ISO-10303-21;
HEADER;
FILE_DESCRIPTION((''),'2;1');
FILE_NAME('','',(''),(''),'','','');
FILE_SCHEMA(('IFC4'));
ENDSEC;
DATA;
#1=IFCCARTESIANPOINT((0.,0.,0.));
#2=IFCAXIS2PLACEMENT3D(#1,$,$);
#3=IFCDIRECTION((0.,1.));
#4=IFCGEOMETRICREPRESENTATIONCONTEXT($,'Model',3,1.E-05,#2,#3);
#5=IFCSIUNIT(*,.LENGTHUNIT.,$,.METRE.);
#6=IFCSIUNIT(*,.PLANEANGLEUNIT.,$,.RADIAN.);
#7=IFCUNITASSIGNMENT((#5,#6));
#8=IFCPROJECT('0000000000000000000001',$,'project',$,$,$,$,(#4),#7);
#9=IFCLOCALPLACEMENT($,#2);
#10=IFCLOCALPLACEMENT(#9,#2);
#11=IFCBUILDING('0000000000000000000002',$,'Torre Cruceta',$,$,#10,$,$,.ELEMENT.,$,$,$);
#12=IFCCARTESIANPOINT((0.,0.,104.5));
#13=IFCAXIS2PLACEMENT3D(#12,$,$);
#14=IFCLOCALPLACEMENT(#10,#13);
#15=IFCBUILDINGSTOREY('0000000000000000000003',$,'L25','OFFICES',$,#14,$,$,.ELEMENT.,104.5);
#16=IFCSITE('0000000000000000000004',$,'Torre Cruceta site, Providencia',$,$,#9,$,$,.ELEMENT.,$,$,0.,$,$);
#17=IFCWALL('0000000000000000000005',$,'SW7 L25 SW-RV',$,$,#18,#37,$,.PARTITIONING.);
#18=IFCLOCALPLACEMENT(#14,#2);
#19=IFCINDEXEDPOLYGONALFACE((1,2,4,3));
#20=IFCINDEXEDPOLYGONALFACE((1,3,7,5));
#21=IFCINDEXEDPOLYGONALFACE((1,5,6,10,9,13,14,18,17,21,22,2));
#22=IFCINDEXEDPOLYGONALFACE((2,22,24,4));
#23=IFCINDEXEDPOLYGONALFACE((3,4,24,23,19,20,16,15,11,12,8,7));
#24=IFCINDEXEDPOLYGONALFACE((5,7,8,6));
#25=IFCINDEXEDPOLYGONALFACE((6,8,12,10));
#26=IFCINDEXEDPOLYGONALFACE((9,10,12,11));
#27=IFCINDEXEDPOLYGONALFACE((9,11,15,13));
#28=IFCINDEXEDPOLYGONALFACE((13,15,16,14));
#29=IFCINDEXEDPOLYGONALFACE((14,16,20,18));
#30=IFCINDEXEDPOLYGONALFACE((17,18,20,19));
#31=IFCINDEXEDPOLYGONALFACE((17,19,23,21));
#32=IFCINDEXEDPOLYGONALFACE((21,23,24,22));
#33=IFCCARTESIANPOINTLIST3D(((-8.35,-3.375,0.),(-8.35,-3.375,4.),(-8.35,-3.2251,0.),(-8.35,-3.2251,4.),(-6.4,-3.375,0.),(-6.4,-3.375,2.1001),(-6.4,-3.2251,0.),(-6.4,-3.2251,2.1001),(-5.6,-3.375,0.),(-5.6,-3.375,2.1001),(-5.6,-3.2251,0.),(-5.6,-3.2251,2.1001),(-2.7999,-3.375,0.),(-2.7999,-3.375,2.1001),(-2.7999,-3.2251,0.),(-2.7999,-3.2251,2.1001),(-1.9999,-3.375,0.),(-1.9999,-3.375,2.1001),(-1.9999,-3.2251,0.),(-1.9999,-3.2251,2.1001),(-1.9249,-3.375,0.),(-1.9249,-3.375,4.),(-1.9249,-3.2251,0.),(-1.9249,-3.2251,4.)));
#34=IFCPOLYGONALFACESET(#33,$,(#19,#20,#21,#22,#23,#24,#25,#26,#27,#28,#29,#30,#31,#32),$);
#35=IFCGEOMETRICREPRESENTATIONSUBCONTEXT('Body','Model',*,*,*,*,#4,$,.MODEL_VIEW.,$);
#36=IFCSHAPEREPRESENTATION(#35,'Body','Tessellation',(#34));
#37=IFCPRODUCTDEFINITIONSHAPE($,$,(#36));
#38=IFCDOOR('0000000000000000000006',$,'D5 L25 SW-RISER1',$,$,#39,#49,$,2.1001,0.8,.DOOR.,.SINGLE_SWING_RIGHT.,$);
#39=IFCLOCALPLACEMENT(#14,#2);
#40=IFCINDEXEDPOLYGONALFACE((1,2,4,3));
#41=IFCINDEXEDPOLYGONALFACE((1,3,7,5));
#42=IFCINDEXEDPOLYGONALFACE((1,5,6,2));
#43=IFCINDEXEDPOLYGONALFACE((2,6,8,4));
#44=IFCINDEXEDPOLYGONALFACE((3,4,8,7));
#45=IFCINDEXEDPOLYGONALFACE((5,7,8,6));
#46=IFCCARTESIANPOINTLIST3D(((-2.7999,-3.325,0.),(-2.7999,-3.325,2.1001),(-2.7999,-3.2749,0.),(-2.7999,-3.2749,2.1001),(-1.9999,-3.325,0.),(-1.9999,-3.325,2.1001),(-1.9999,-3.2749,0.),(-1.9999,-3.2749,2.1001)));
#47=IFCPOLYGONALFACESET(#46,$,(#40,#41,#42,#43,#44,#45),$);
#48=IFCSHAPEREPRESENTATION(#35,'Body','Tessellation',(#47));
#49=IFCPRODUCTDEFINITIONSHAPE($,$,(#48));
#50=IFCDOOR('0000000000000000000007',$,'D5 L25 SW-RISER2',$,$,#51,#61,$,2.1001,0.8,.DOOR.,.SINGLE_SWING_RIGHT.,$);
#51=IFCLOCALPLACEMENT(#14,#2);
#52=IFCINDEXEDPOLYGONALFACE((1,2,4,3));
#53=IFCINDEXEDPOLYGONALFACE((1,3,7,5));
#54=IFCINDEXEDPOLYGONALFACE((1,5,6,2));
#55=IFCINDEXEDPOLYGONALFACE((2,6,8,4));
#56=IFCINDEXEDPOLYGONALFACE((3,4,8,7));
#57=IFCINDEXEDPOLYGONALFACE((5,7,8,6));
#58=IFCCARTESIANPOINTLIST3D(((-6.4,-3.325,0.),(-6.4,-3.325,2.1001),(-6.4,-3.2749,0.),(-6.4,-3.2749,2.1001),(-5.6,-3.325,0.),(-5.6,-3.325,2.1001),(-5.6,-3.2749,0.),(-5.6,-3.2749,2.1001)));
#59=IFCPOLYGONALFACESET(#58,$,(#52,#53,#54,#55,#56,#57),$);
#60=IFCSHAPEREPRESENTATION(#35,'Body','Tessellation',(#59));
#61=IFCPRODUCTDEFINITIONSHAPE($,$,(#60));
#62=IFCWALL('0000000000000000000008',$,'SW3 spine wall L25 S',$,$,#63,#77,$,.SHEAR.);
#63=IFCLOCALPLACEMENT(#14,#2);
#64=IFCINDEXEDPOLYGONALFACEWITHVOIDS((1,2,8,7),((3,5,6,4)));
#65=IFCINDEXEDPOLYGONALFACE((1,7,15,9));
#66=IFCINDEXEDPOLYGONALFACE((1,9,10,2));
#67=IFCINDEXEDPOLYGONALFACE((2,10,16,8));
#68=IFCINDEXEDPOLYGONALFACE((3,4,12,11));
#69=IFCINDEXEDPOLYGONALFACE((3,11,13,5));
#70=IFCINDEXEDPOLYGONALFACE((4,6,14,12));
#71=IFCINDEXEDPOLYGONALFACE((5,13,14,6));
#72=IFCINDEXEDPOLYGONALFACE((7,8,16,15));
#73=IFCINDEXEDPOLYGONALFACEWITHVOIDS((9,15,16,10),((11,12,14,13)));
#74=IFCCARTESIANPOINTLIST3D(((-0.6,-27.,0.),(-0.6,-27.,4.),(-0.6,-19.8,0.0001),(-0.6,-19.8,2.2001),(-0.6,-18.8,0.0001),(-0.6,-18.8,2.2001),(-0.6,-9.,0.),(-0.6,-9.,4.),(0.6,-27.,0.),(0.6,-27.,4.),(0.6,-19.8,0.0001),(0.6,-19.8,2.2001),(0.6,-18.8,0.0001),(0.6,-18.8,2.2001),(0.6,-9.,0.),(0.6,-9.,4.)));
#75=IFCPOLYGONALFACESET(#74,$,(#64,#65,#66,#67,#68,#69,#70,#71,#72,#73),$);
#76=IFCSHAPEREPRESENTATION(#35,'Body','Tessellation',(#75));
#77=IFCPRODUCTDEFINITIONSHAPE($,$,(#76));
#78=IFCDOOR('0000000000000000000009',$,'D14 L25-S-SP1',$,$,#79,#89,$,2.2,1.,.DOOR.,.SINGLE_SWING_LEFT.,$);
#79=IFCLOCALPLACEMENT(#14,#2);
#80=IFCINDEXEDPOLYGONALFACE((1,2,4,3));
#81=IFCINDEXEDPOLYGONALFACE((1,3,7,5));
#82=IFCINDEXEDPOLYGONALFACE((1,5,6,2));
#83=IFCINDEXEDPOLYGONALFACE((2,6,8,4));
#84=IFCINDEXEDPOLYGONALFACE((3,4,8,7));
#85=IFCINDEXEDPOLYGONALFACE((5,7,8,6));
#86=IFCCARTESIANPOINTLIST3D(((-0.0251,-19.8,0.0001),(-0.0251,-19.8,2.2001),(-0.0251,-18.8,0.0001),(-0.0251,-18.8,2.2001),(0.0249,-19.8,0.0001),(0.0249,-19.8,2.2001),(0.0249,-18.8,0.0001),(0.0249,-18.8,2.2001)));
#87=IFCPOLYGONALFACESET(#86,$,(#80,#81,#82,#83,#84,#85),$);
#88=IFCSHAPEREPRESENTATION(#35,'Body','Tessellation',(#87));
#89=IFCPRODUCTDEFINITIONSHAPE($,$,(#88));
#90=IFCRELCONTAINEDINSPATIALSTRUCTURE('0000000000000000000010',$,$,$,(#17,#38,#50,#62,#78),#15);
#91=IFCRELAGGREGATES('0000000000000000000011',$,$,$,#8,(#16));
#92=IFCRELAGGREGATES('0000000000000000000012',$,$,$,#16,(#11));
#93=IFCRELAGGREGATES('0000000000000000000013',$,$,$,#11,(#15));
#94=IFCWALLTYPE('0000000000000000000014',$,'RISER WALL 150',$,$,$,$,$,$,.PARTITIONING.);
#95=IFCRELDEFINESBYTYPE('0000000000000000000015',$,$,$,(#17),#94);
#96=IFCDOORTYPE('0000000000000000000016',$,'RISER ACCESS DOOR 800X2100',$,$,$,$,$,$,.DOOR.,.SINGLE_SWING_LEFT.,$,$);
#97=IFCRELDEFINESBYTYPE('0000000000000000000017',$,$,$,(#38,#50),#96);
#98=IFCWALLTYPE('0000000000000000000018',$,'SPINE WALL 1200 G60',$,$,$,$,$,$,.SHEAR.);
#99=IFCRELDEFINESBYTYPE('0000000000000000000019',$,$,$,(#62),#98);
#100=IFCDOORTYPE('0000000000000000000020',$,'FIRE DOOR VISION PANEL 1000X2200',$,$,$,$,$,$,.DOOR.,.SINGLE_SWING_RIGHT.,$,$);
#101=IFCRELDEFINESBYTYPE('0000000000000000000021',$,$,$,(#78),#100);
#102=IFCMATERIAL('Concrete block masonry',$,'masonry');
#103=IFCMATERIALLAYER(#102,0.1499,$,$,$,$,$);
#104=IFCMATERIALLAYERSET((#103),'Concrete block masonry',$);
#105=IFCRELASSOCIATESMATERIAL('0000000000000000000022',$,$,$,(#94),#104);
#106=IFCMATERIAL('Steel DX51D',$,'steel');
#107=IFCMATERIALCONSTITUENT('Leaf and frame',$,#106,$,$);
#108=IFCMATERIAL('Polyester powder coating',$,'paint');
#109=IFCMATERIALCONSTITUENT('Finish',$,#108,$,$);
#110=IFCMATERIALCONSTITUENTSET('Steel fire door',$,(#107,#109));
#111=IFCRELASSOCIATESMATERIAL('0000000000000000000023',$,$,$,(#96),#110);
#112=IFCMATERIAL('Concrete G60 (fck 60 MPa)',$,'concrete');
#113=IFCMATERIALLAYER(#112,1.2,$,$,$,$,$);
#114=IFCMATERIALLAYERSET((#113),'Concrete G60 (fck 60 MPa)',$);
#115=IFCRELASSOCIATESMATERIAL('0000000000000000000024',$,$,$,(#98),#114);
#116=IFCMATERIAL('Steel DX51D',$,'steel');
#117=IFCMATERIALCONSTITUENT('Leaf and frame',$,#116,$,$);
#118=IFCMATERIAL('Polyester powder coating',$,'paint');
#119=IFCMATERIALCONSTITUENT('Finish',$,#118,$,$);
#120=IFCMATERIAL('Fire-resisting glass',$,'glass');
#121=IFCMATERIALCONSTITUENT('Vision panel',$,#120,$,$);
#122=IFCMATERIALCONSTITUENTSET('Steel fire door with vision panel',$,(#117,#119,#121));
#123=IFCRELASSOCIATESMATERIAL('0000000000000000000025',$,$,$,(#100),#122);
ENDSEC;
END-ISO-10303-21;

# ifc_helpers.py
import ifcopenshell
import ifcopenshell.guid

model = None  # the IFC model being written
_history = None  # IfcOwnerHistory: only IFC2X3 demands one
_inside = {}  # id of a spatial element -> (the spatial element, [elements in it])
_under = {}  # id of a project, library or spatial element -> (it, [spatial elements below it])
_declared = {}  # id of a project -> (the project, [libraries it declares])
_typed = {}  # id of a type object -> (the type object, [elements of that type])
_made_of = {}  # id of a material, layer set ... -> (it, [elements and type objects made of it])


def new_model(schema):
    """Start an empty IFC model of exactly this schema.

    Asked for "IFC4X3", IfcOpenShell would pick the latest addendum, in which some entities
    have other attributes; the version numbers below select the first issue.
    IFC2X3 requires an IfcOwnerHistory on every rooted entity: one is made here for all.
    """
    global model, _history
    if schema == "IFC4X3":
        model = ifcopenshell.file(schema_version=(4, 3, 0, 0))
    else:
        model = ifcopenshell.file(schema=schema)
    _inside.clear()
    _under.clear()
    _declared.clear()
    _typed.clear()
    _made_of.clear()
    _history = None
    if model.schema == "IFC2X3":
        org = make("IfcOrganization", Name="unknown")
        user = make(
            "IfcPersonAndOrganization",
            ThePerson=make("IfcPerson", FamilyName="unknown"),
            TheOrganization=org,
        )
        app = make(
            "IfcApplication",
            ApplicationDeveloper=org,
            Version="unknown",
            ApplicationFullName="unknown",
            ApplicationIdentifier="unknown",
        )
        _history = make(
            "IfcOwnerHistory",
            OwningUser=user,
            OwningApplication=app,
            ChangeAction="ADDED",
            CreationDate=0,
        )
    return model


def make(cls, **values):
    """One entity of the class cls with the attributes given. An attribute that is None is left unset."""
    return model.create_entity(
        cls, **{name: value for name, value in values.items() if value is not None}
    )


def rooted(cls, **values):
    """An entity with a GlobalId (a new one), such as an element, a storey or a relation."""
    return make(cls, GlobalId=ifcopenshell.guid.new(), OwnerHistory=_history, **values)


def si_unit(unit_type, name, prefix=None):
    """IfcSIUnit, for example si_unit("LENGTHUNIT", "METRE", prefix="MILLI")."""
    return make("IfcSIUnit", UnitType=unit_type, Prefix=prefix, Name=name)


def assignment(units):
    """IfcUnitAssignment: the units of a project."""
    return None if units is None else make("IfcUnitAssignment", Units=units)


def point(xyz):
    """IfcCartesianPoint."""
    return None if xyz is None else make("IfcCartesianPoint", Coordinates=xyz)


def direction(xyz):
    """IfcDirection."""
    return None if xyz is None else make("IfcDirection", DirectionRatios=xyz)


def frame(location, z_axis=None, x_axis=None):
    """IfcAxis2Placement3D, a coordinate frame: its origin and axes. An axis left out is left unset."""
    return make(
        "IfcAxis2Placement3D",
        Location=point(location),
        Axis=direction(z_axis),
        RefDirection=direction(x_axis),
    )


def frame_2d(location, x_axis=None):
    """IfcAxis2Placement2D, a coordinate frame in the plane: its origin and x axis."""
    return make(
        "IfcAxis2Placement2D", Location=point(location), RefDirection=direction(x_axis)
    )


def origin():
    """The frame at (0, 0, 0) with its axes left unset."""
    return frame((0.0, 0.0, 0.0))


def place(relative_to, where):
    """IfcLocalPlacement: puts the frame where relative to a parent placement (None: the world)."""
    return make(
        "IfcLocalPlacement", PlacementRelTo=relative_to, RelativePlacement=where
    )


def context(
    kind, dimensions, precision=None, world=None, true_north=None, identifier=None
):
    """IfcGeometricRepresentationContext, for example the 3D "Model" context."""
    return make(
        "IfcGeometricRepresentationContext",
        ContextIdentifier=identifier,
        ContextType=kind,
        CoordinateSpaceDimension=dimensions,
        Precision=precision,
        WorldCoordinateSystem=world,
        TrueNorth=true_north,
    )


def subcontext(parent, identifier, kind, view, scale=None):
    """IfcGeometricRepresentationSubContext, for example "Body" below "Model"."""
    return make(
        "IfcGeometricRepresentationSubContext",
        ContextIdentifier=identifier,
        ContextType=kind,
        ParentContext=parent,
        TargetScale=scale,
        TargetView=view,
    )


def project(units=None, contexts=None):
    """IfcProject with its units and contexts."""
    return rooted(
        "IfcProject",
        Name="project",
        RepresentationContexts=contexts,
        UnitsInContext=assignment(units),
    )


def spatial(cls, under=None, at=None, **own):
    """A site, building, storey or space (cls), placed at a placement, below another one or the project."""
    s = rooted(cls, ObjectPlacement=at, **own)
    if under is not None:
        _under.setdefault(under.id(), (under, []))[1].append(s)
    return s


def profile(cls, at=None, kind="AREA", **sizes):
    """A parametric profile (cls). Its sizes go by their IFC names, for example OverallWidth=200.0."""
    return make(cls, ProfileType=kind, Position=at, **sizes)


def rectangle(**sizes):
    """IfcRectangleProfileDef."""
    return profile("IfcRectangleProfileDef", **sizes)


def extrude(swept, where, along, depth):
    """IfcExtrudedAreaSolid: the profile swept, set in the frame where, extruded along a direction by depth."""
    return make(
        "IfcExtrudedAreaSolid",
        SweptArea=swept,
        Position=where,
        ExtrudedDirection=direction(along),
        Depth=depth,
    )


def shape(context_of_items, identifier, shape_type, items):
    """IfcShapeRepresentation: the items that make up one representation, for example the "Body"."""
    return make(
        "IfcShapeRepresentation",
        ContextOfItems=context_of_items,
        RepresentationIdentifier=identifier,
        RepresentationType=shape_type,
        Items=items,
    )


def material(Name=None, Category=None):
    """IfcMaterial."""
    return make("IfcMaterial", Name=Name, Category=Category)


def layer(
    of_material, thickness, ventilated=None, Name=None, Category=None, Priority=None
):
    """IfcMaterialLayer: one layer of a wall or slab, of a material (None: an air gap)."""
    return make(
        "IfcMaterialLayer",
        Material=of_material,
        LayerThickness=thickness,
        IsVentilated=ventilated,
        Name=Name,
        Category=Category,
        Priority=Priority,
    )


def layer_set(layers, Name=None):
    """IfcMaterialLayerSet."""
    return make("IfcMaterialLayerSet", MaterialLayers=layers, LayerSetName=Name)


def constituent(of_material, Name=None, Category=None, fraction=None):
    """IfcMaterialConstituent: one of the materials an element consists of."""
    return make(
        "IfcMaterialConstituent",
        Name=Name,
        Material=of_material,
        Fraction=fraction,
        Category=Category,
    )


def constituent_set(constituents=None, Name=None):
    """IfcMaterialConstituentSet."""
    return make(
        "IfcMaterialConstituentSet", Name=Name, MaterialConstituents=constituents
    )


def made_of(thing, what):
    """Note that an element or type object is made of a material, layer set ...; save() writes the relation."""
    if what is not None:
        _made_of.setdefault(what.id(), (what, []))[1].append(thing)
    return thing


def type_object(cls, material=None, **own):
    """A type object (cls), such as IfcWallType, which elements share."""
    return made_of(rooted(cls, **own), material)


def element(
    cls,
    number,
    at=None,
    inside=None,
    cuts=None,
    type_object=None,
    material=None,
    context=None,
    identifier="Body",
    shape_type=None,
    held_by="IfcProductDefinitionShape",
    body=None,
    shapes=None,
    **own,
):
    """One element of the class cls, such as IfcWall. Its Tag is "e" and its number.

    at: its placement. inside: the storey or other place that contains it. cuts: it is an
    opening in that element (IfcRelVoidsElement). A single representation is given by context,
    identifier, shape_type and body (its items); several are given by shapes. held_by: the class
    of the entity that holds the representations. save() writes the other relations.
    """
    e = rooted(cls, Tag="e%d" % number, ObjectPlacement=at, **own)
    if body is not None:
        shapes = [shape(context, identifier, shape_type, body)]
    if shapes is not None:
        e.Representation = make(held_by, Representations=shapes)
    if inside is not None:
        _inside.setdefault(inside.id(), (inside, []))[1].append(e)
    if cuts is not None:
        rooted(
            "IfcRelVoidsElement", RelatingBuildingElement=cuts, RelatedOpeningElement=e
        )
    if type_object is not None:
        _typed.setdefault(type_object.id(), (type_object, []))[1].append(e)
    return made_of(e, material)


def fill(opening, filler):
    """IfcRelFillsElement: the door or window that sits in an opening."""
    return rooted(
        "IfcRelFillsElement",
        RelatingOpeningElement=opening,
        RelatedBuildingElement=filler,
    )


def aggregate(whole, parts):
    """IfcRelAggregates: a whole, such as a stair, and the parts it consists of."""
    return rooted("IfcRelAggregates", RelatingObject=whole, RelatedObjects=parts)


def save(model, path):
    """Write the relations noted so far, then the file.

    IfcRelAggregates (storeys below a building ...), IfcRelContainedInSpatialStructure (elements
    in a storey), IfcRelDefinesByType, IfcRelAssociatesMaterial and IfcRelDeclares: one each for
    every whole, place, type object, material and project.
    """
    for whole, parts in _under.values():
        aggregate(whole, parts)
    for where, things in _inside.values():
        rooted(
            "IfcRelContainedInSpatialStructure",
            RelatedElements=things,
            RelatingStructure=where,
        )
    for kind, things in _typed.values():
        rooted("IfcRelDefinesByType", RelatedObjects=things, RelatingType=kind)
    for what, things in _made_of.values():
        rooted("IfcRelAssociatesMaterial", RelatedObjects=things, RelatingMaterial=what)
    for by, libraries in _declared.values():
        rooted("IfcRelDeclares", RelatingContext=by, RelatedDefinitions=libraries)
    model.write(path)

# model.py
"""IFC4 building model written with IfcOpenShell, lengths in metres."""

from ifc_helpers import new_model, si_unit, direction, frame, frame_2d, origin, place, context, subcontext, project, spatial, rectangle, extrude, material, layer, layer_set, constituent, constituent_set, type_object, element, fill, save


model = new_model("IFC4")

# Units and contexts
model_context = context("Model", 3, precision=1e-05, world=origin(), true_north=direction((0.0, 1.0)))
body_context = subcontext(model_context, "Body", "Model", "MODEL_VIEW")
ifc_project = project(units=[si_unit("LENGTHUNIT", "METRE"), si_unit("PLANEANGLEUNIT", "RADIAN")], contexts=[model_context])

# Site, building, storey
site_placement = place(None, origin())
site = spatial("IfcSite", under=ifc_project, at=site_placement, Name="Torre Cruceta site, Providencia", CompositionType="ELEMENT", RefElevation=0.0)
building_placement = place(site_placement, origin())
building = spatial("IfcBuilding", under=site, at=building_placement, Name="Torre Cruceta", CompositionType="ELEMENT")
storey_placement = place(building_placement, frame((0.0, 0.0, 104.5)))
storey = spatial("IfcBuildingStorey", under=building, at=storey_placement, Name="L25", Description="OFFICES", CompositionType="ELEMENT", Elevation=104.5)

# Wall, openings, doors
ifc_material_1 = material(Name="Concrete block masonry", Category="masonry")
ifc_layer_1 = layer(ifc_material_1, 0.1499)
ifc_layer_set_1 = layer_set([ifc_layer_1], Name="Concrete block masonry")
wall_type_1 = type_object("IfcWallType", Name="RISER WALL 150", PredefinedType="PARTITIONING", material=ifc_layer_set_1)
wall_1_placement = place(storey_placement, frame((-1.925, -3.3, 0.0), z_axis=(0.0, 0.0, 1.0), x_axis=(-1.0, 0.0, 0.0)))
wall_1 = element("IfcWall", 1, at=wall_1_placement, inside=storey, type_object=wall_type_1, Name="SW7 L25 SW-RV", PredefinedType="PARTITIONING", context=body_context, shape_type="SweptSolid", body=[
    extrude(rectangle(XDim=6.425, YDim=0.1499, at=frame_2d((3.2124, 0.0))), origin(), (0.0, 0.0, 1.0), 4.0),
])
opening_1_placement = place(wall_1_placement, frame((0.075, 0.0, 0.0)))
opening_1 = element("IfcOpeningElement", 2, at=opening_1_placement, cuts=wall_1, PredefinedType="OPENING", context=body_context, shape_type="SweptSolid", body=[
    extrude(rectangle(XDim=0.8, YDim=2.1001, at=frame_2d((0.3999, 1.05))), frame((0.0, 0.085, 0.0), z_axis=(0.0, -1.0, 0.0), x_axis=(1.0, 0.0, 0.0)), (0.0, 0.0, 1.0), 0.1699),
])
opening_2_placement = place(wall_1_placement, frame((3.675, 0.0, 0.0)))
opening_2 = element("IfcOpeningElement", 3, at=opening_2_placement, cuts=wall_1, PredefinedType="OPENING", context=body_context, shape_type="SweptSolid", body=[
    extrude(rectangle(XDim=0.8, YDim=2.1001, at=frame_2d((0.3999, 1.05))), frame((0.0, 0.085, 0.0), z_axis=(0.0, -1.0, 0.0), x_axis=(1.0, 0.0, 0.0)), (0.0, 0.0, 1.0), 0.1699),
])
ifc_material_2 = material(Name="Steel DX51D", Category="steel")
ifc_constituent_1 = constituent(ifc_material_2, Name="Leaf and frame")
ifc_material_3 = material(Name="Polyester powder coating", Category="paint")
ifc_constituent_2 = constituent(ifc_material_3, Name="Finish")
ifc_constituent_set_1 = constituent_set(constituents=[ifc_constituent_1, ifc_constituent_2], Name="Steel fire door")
door_type_1 = type_object("IfcDoorType", Name="RISER ACCESS DOOR 800X2100", OperationType="SINGLE_SWING_LEFT", PredefinedType="DOOR", material=ifc_constituent_set_1)
door_1_placement = place(opening_1_placement, frame((0.8, 0.0, 0.0), z_axis=(0.0, 0.0, 1.0), x_axis=(-1.0, 0.0, 0.0)))
door_1 = element("IfcDoor", 4, at=door_1_placement, inside=storey, type_object=door_type_1, Name="D5 L25 SW-RISER1", OperationType="SINGLE_SWING_RIGHT", OverallHeight=2.1001, OverallWidth=0.8, PredefinedType="DOOR", context=body_context, shape_type="SweptSolid", body=[
    extrude(rectangle(XDim=0.8, YDim=2.1001, at=frame_2d((0.4001, 1.05))), frame((0.0, 0.0251, 0.0), z_axis=(0.0, -1.0, 0.0), x_axis=(1.0, 0.0, 0.0)), (0.0, 0.0, 1.0), 0.05),
])
fill(opening_1, door_1)
door_2_placement = place(opening_2_placement, frame((0.8, 0.0, 0.0), z_axis=(0.0, 0.0, 1.0), x_axis=(-1.0, 0.0, 0.0)))
door_2 = element("IfcDoor", 5, at=door_2_placement, inside=storey, type_object=door_type_1, Name="D5 L25 SW-RISER2", OperationType="SINGLE_SWING_RIGHT", OverallHeight=2.1001, OverallWidth=0.8, PredefinedType="DOOR", context=body_context, shape_type="SweptSolid", body=[
    extrude(rectangle(XDim=0.8, YDim=2.1001, at=frame_2d((0.4001, 1.05))), frame((0.0, 0.0251, 0.0), z_axis=(0.0, -1.0, 0.0), x_axis=(1.0, 0.0, 0.0)), (0.0, 0.0, 1.0), 0.05),
])
fill(opening_2, door_2)

# Wall, opening, door
ifc_material_4 = material(Name="Concrete G60 (fck 60 MPa)", Category="concrete")
ifc_layer_2 = layer(ifc_material_4, 1.2)
ifc_layer_set_2 = layer_set([ifc_layer_2], Name="Concrete G60 (fck 60 MPa)")
wall_type_2 = type_object("IfcWallType", Name="SPINE WALL 1200 G60", PredefinedType="SHEAR", material=ifc_layer_set_2)
wall_2_placement = place(storey_placement, frame((0.0, -9.0, 0.0), z_axis=(0.0, 0.0, 1.0), x_axis=(0.0, -1.0, 0.0)))
wall_2 = element("IfcWall", 6, at=wall_2_placement, inside=storey, type_object=wall_type_2, Name="SW3 spine wall L25 S", PredefinedType="SHEAR", context=body_context, shape_type="SweptSolid", body=[
    extrude(rectangle(XDim=18.0, YDim=1.2, at=frame_2d((9.0, 0.0))), origin(), (0.0, 0.0, 1.0), 4.0),
])
opening_3_placement = place(wall_2_placement, frame((9.8, 0.0, 0.0)))
opening_3 = element("IfcOpeningElement", 7, at=opening_3_placement, cuts=wall_2, PredefinedType="OPENING", context=body_context, shape_type="SweptSolid", body=[
    extrude(rectangle(XDim=1.0, YDim=2.2, at=frame_2d((0.5, 1.1001))), frame((0.0, 0.6099, 0.0), z_axis=(0.0, -1.0, 0.0), x_axis=(1.0, 0.0, 0.0)), (0.0, 0.0, 1.0), 1.22),
])
ifc_material_5 = material(Name="Steel DX51D", Category="steel")
ifc_constituent_3 = constituent(ifc_material_5, Name="Leaf and frame")
ifc_material_6 = material(Name="Polyester powder coating", Category="paint")
ifc_constituent_4 = constituent(ifc_material_6, Name="Finish")
ifc_material_7 = material(Name="Fire-resisting glass", Category="glass")
ifc_constituent_5 = constituent(ifc_material_7, Name="Vision panel")
ifc_constituent_set_2 = constituent_set(constituents=[ifc_constituent_3, ifc_constituent_4, ifc_constituent_5], Name="Steel fire door with vision panel")
door_type_2 = type_object("IfcDoorType", Name="FIRE DOOR VISION PANEL 1000X2200", OperationType="SINGLE_SWING_RIGHT", PredefinedType="DOOR", material=ifc_constituent_set_2)
door_3_placement = place(opening_3_placement, frame((1.0, 0.0, 0.0), z_axis=(0.0, 0.0, 1.0), x_axis=(-1.0, 0.0, 0.0)))
door_3 = element("IfcDoor", 8, at=door_3_placement, inside=storey, type_object=door_type_2, Name="D14 L25-S-SP1", OperationType="SINGLE_SWING_LEFT", OverallHeight=2.2, OverallWidth=1.0, PredefinedType="DOOR", context=body_context, shape_type="SweptSolid", body=[
    extrude(rectangle(XDim=1.0, YDim=2.2, at=frame_2d((0.5, 1.1001))), frame((0.0, 0.0251, 0.0), z_axis=(0.0, -1.0, 0.0), x_axis=(1.0, 0.0, 0.0)), (0.0, 0.0, 1.0), 0.05),
])
fill(opening_3, door_3)

save(model, "model.ifc")
